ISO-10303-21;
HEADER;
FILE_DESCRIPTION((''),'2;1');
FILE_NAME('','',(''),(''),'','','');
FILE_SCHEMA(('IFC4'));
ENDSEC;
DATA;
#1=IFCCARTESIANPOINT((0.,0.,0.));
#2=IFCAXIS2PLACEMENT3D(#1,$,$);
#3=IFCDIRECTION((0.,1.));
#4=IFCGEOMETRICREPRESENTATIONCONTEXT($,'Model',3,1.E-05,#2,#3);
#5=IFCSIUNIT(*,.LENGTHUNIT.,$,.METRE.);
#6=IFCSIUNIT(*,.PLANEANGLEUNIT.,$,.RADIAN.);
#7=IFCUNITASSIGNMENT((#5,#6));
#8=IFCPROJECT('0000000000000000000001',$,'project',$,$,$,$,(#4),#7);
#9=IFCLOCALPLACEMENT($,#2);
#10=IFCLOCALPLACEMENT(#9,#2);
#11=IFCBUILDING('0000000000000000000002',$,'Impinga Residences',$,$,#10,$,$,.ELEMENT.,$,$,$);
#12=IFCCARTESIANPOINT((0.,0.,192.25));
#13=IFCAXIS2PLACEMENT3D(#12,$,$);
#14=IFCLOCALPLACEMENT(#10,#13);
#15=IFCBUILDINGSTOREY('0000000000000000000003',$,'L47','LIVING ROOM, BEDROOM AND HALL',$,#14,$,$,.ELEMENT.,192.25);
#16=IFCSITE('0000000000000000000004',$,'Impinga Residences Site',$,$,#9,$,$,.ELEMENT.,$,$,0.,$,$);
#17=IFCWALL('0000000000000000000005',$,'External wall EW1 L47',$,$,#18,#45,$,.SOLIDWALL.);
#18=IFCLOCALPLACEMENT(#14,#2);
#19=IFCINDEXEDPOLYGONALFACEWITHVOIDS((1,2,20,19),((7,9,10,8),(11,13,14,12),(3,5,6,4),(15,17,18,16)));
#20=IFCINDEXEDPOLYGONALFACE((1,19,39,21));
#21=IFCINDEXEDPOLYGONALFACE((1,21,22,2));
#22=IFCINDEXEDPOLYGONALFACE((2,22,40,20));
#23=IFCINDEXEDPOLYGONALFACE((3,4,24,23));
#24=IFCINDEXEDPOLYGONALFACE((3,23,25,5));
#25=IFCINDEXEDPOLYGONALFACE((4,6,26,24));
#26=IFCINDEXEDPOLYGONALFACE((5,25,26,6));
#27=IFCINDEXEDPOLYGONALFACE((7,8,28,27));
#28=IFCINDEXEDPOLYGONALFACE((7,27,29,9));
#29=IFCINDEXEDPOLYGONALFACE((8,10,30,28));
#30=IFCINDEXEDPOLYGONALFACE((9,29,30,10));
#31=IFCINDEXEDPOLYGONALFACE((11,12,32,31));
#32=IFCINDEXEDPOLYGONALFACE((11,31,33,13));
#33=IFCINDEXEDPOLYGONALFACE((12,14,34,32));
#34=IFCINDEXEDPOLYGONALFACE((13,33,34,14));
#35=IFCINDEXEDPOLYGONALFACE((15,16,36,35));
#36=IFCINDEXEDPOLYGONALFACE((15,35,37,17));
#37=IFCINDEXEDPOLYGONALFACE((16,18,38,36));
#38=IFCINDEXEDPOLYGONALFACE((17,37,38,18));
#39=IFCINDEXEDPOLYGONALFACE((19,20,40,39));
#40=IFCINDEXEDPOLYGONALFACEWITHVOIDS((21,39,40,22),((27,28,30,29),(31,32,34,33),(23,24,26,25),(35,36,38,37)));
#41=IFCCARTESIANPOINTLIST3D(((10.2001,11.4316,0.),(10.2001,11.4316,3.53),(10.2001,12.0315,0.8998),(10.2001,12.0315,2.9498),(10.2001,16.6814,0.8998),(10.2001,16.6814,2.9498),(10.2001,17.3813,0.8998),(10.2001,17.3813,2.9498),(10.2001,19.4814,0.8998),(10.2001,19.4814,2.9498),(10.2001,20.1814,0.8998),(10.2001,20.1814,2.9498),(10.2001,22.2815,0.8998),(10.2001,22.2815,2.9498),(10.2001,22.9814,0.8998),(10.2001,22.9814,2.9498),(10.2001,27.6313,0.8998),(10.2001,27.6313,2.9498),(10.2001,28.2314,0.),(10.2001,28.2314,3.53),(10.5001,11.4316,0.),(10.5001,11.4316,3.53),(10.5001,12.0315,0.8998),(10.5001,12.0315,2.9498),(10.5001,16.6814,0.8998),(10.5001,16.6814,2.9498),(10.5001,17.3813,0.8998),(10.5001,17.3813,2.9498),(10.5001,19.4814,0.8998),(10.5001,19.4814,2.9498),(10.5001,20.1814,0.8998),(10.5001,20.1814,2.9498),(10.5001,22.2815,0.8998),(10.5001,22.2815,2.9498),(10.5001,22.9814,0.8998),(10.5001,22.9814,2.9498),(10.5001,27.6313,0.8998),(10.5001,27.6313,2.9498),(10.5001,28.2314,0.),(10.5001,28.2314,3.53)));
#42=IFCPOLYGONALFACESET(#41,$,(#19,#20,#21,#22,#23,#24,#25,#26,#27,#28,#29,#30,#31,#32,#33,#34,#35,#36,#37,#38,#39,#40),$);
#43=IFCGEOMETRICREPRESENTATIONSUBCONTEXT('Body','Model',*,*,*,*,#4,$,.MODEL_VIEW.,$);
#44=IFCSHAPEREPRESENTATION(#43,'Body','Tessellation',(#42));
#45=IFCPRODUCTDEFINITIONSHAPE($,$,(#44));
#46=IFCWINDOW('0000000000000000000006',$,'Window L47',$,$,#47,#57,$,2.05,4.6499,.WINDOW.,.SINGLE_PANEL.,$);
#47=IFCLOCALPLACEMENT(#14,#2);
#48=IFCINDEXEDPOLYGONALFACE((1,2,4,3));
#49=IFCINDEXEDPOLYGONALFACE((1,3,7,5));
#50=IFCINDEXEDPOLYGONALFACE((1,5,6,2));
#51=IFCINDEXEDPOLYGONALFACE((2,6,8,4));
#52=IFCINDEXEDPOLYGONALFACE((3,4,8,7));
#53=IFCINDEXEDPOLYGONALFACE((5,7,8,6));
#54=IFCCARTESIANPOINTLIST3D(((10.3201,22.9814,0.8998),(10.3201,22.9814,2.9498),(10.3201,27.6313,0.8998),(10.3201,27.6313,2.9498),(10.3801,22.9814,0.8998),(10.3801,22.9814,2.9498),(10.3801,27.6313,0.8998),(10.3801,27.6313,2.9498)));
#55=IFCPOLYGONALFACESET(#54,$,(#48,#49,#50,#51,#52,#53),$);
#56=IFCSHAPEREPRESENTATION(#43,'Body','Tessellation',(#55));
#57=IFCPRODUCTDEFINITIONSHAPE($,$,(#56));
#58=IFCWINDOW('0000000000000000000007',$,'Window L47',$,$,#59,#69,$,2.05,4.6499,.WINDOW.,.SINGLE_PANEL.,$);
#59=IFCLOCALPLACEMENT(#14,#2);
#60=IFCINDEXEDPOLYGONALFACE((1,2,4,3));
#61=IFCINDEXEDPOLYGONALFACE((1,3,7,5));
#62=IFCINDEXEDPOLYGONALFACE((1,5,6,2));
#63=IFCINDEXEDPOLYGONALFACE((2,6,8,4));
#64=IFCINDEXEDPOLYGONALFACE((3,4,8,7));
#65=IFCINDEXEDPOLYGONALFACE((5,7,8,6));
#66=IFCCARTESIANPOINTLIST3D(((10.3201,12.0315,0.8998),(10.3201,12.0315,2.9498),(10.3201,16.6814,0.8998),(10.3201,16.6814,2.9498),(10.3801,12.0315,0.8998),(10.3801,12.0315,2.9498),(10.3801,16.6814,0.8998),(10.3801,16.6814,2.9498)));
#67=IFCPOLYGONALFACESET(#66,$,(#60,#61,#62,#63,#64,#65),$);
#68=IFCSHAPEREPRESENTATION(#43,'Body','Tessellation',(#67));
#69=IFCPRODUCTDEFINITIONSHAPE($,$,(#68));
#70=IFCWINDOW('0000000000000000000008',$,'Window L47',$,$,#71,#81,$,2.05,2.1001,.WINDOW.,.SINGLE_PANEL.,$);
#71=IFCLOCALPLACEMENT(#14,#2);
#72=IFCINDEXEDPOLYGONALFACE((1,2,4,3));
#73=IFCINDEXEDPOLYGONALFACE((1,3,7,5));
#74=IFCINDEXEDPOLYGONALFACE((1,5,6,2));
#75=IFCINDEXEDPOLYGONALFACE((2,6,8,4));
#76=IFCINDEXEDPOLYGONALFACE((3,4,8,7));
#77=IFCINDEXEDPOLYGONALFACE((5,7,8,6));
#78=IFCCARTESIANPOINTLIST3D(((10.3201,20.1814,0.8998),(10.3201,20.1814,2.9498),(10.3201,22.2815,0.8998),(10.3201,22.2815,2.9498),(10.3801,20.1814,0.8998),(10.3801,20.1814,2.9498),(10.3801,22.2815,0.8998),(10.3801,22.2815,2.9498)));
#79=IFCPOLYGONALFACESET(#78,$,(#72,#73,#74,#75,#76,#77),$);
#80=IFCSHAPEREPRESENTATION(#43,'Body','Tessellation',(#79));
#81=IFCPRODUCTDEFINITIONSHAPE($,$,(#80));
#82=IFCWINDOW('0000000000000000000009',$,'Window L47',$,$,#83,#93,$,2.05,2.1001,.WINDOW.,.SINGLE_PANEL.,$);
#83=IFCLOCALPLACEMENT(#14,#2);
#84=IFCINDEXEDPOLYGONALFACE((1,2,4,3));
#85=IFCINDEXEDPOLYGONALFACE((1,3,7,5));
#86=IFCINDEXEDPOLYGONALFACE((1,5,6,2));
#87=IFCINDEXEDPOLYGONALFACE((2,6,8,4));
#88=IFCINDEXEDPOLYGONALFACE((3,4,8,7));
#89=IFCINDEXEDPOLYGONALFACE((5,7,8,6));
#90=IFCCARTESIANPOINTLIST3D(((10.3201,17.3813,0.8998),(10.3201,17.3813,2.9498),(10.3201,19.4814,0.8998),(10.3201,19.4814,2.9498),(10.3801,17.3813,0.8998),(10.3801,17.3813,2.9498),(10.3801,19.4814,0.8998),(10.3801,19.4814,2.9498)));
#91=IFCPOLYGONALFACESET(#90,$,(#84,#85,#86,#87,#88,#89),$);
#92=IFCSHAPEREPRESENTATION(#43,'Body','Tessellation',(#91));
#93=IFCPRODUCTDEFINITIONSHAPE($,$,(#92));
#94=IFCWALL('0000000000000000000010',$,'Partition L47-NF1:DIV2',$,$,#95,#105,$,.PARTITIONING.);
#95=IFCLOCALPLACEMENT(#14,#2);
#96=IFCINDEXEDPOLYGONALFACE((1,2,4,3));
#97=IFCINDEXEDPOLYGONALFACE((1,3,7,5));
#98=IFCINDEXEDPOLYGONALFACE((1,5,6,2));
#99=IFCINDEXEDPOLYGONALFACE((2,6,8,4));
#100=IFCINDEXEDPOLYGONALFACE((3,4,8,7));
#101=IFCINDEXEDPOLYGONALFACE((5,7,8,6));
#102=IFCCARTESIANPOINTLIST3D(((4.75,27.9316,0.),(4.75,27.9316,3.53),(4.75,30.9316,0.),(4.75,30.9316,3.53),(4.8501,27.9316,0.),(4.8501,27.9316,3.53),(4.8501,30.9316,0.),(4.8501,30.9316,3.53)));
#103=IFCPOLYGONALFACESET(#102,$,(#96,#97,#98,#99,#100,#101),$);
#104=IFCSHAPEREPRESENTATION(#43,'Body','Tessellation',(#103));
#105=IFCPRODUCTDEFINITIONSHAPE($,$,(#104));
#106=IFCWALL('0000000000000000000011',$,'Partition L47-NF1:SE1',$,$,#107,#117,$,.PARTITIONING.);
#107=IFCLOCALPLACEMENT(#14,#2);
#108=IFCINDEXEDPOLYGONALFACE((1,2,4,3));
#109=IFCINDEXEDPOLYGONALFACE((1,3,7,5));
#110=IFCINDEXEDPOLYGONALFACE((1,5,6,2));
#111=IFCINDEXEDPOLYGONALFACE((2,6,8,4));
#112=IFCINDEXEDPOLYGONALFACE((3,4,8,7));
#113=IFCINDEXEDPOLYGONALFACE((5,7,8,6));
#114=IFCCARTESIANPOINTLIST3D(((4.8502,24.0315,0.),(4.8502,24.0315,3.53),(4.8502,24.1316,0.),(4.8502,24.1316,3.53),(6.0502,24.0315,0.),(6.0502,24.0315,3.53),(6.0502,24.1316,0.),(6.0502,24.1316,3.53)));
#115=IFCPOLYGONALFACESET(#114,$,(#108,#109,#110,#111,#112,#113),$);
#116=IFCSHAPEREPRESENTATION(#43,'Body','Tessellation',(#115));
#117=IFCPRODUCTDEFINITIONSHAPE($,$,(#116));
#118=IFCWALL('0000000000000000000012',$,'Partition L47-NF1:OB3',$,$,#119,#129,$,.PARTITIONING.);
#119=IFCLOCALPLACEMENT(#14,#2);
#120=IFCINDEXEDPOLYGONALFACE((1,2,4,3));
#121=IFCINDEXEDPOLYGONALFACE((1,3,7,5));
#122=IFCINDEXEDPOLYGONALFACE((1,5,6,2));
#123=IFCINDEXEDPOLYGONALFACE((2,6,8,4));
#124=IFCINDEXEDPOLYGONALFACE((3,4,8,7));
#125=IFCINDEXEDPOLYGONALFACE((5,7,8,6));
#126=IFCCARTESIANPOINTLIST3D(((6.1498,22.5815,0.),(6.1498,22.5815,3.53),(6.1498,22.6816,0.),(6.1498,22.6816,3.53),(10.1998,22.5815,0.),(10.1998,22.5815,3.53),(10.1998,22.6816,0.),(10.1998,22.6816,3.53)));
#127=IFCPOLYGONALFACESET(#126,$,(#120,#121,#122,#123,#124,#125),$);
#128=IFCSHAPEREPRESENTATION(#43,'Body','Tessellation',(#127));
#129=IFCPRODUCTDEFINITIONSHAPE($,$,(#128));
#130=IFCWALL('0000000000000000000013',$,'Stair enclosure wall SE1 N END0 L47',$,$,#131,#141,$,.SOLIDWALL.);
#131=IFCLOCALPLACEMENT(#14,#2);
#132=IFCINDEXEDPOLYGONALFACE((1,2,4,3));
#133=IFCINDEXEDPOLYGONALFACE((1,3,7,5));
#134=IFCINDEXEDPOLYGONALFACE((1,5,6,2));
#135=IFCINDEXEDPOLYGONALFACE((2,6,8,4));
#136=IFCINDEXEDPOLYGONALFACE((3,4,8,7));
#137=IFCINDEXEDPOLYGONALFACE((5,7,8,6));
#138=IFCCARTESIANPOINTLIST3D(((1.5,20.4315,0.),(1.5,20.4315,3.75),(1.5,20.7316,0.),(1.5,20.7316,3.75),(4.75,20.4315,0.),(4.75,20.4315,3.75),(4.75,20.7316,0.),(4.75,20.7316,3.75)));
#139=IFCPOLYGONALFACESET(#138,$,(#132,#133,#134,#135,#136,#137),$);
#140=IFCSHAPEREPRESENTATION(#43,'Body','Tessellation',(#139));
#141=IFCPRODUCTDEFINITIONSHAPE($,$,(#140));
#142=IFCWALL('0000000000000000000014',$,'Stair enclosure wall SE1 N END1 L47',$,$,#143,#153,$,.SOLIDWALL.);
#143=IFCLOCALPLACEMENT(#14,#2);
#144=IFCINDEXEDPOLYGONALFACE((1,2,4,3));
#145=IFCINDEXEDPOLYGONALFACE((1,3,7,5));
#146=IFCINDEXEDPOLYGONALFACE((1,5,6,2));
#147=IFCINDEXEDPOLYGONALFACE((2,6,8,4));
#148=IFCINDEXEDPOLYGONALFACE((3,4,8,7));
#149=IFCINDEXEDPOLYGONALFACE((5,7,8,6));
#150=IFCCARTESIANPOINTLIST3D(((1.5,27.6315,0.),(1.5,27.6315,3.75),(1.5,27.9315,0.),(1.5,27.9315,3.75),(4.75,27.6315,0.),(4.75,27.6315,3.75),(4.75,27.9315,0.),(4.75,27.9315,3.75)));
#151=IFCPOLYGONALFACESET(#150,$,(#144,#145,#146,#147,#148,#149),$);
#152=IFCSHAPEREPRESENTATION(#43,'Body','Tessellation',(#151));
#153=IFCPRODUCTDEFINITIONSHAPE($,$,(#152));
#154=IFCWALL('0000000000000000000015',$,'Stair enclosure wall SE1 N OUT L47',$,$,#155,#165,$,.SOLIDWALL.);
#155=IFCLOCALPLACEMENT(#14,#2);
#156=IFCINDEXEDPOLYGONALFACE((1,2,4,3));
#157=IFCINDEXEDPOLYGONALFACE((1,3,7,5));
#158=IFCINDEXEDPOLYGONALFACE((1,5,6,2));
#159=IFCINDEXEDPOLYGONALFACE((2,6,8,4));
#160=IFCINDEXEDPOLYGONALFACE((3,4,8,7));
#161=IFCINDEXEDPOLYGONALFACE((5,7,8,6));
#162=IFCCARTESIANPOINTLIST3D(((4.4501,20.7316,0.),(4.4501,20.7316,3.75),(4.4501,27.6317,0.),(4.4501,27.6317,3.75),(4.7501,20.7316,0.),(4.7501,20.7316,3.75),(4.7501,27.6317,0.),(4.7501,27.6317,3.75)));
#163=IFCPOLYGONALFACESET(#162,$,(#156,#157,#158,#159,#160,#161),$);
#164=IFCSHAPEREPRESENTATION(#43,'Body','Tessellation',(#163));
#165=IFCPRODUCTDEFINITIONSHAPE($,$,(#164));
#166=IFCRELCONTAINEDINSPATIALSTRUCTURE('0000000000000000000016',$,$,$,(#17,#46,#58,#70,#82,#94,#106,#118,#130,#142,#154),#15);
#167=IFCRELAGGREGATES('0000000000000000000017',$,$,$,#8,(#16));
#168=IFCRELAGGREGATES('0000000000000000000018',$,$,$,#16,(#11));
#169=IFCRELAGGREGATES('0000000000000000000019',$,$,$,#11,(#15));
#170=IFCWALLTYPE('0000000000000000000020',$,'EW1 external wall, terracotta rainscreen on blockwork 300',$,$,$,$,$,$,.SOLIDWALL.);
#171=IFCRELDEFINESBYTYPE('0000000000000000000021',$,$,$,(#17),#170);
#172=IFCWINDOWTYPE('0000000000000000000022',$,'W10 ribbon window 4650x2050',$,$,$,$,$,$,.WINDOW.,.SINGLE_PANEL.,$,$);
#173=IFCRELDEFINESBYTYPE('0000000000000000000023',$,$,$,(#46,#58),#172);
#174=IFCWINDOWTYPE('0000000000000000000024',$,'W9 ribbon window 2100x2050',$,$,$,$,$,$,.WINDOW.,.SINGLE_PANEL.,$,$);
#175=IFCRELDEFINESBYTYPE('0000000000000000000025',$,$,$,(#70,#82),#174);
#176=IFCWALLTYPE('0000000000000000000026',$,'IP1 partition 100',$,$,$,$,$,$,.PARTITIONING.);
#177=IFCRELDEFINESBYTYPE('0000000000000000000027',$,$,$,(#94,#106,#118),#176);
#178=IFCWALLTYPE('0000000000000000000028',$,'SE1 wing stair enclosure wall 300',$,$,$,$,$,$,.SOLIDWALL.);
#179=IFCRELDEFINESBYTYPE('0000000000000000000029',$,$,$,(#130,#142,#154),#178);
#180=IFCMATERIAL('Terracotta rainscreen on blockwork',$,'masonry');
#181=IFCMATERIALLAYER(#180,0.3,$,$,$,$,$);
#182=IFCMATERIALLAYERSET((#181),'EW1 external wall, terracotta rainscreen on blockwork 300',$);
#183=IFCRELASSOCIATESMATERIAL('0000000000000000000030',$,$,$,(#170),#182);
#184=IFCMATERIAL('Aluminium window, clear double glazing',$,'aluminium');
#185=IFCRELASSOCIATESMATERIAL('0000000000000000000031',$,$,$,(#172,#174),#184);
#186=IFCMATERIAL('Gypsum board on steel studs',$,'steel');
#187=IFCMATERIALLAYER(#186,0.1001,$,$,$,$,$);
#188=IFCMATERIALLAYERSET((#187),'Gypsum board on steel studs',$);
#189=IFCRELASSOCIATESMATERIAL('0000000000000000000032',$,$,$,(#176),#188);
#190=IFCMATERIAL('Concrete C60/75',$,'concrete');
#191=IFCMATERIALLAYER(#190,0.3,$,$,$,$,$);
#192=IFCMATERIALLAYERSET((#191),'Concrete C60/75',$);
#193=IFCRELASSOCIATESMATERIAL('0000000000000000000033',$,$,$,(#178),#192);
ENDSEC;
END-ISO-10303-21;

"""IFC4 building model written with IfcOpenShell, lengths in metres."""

from ifc_helpers import new_model, si_unit, direction, frame, frame_2d, origin, place, context, subcontext, project, spatial, rectangle, extrude, material, layer, layer_set, type_object, element, fill, save


model = new_model("IFC4")

# Units and contexts
model_context = context("Model", 3, precision=1e-05, world=origin(), true_north=direction((0.0, 1.0)))
body_context = subcontext(model_context, "Body", "Model", "MODEL_VIEW")
ifc_project = project(units=[si_unit("LENGTHUNIT", "METRE"), si_unit("PLANEANGLEUNIT", "RADIAN")], contexts=[model_context])

# Site, building, storey
site_placement = place(None, origin())
site = spatial("IfcSite", under=ifc_project, at=site_placement, Name="Impinga Residences Site", CompositionType="ELEMENT", RefElevation=0.0)
building_placement = place(site_placement, origin())
building = spatial("IfcBuilding", under=site, at=building_placement, Name="Impinga Residences", CompositionType="ELEMENT")
storey_placement = place(building_placement, frame((0.0, 0.0, 192.25)))
storey = spatial("IfcBuildingStorey", under=building, at=storey_placement, Name="L47", Description="LIVING ROOM, BEDROOM AND HALL", CompositionType="ELEMENT", Elevation=192.25)

# Shared definitions
ifc_material_1 = material(Name="Concrete C60/75", Category="concrete")

# Shared definitions
ifc_material_2 = material(Name="Terracotta rainscreen on blockwork", Category="masonry")
ifc_layer_1 = layer(ifc_material_2, 0.3)
ifc_layer_set_1 = layer_set([ifc_layer_1], Name="EW1 external wall, terracotta rainscreen on blockwork 300")
wall_type_1 = type_object("IfcWallType", Name="EW1 external wall, terracotta rainscreen on blockwork 300", PredefinedType="SOLIDWALL", material=ifc_layer_set_1)

# Wall, openings, windows
wall_1_placement = place(storey_placement, frame((10.3501, 28.2314, 0.0), z_axis=(0.0, 0.0, 1.0), x_axis=(0.0, -1.0, 0.0)))
wall_1 = element("IfcWall", 1, at=wall_1_placement, inside=storey, type_object=wall_type_1, Name="External wall EW1 L47", PredefinedType="SOLIDWALL", context=body_context, shape_type="SweptSolid", body=[
    extrude(rectangle(XDim=16.7998, YDim=0.3, at=frame_2d((8.3999, 0.0))), origin(), (0.0, 0.0, 1.0), 3.53),
])
opening_1_placement = place(wall_1_placement, frame((0.6001, 0.0, 0.8999)))
opening_1 = element("IfcOpeningElement", 2, at=opening_1_placement, cuts=wall_1, PredefinedType="OPENING", context=body_context, shape_type="SweptSolid", body=[
    extrude(rectangle(XDim=4.6499, YDim=2.05, at=frame_2d((2.325, 1.0249))), frame((0.0, 0.1599, 0.0), z_axis=(0.0, -1.0, 0.0), x_axis=(1.0, 0.0, 0.0)), (0.0, 0.0, 1.0), 0.3201),
])
opening_2_placement = place(wall_1_placement, frame((5.95, 0.0, 0.8999)))
opening_2 = element("IfcOpeningElement", 3, at=opening_2_placement, cuts=wall_1, PredefinedType="OPENING", context=body_context, shape_type="SweptSolid", body=[
    extrude(rectangle(XDim=2.1001, YDim=2.05, at=frame_2d((1.05, 1.0249))), frame((0.0, 0.1599, 0.0), z_axis=(0.0, -1.0, 0.0), x_axis=(1.0, 0.0, 0.0)), (0.0, 0.0, 1.0), 0.3201),
])
opening_3_placement = place(wall_1_placement, frame((8.75, 0.0, 0.8999)))
opening_3 = element("IfcOpeningElement", 4, at=opening_3_placement, cuts=wall_1, PredefinedType="OPENING", context=body_context, shape_type="SweptSolid", body=[
    extrude(rectangle(XDim=2.1001, YDim=2.05, at=frame_2d((1.05, 1.0249))), frame((0.0, 0.1599, 0.0), z_axis=(0.0, -1.0, 0.0), x_axis=(1.0, 0.0, 0.0)), (0.0, 0.0, 1.0), 0.3201),
])
opening_4_placement = place(wall_1_placement, frame((11.55, 0.0, 0.8999)))
opening_4 = element("IfcOpeningElement", 5, at=opening_4_placement, cuts=wall_1, PredefinedType="OPENING", context=body_context, shape_type="SweptSolid", body=[
    extrude(rectangle(XDim=4.6499, YDim=2.05, at=frame_2d((2.325, 1.0249))), frame((0.0, 0.1599, 0.0), z_axis=(0.0, -1.0, 0.0), x_axis=(1.0, 0.0, 0.0)), (0.0, 0.0, 1.0), 0.3201),
])
ifc_material_3 = material(Name="Aluminium window, clear double glazing", Category="aluminium")
window_type_1 = type_object("IfcWindowType", Name="W10 ribbon window 4650x2050", PartitioningType="SINGLE_PANEL", PredefinedType="WINDOW", material=ifc_material_3)
window_1_placement = place(opening_1_placement, origin())
window_1 = element("IfcWindow", 6, at=window_1_placement, inside=storey, type_object=window_type_1, Name="Window L47", OverallHeight=2.05, OverallWidth=4.6499, PartitioningType="SINGLE_PANEL", PredefinedType="WINDOW", context=body_context, shape_type="SweptSolid", body=[
    extrude(rectangle(XDim=4.6499, YDim=2.05, at=frame_2d((2.325, 1.0249))), frame((0.0, 0.03, 0.0), z_axis=(0.0, -1.0, 0.0), x_axis=(1.0, 0.0, 0.0)), (0.0, 0.0, 1.0), 0.0601),
])
fill(opening_1, window_1)
window_2_placement = place(opening_4_placement, origin())
window_2 = element("IfcWindow", 7, at=window_2_placement, inside=storey, type_object=window_type_1, Name="Window L47", OverallHeight=2.05, OverallWidth=4.6499, PartitioningType="SINGLE_PANEL", PredefinedType="WINDOW", context=body_context, shape_type="SweptSolid", body=[
    extrude(rectangle(XDim=4.6499, YDim=2.05, at=frame_2d((2.325, 1.0249))), frame((0.0, 0.03, 0.0), z_axis=(0.0, -1.0, 0.0), x_axis=(1.0, 0.0, 0.0)), (0.0, 0.0, 1.0), 0.0601),
])
fill(opening_4, window_2)
window_type_2 = type_object("IfcWindowType", Name="W9 ribbon window 2100x2050", PartitioningType="SINGLE_PANEL", PredefinedType="WINDOW", material=ifc_material_3)
window_3_placement = place(opening_2_placement, origin())
window_3 = element("IfcWindow", 8, at=window_3_placement, inside=storey, type_object=window_type_2, Name="Window L47", OverallHeight=2.05, OverallWidth=2.1001, PartitioningType="SINGLE_PANEL", PredefinedType="WINDOW", context=body_context, shape_type="SweptSolid", body=[
    extrude(rectangle(XDim=2.1001, YDim=2.05, at=frame_2d((1.05, 1.0249))), frame((0.0, 0.03, 0.0), z_axis=(0.0, -1.0, 0.0), x_axis=(1.0, 0.0, 0.0)), (0.0, 0.0, 1.0), 0.0601),
])
fill(opening_2, window_3)
window_4_placement = place(opening_3_placement, origin())
window_4 = element("IfcWindow", 9, at=window_4_placement, inside=storey, type_object=window_type_2, Name="Window L47", OverallHeight=2.05, OverallWidth=2.1001, PartitioningType="SINGLE_PANEL", PredefinedType="WINDOW", context=body_context, shape_type="SweptSolid", body=[
    extrude(rectangle(XDim=2.1001, YDim=2.05, at=frame_2d((1.05, 1.0249))), frame((0.0, 0.03, 0.0), z_axis=(0.0, -1.0, 0.0), x_axis=(1.0, 0.0, 0.0)), (0.0, 0.0, 1.0), 0.0601),
])
fill(opening_3, window_4)

# Walls
ifc_material_4 = material(Name="Gypsum board on steel studs", Category="steel")
ifc_layer_2 = layer(ifc_material_4, 0.1001)
ifc_layer_set_2 = layer_set([ifc_layer_2], Name="Gypsum board on steel studs")
wall_type_2 = type_object("IfcWallType", Name="IP1 partition 100", PredefinedType="PARTITIONING", material=ifc_layer_set_2)
wall_2_placement = place(storey_placement, frame((4.8, 27.9316, 0.0), z_axis=(0.0, 0.0, 1.0), x_axis=(0.0, 1.0, 0.0)))
element("IfcWall", 10, at=wall_2_placement, inside=storey, type_object=wall_type_2, Name="Partition L47-NF1:DIV2", PredefinedType="PARTITIONING", context=body_context, shape_type="SweptSolid", body=[
    extrude(rectangle(XDim=3.0, YDim=0.1001, at=frame_2d((1.5, 0.0))), origin(), (0.0, 0.0, 1.0), 3.53),
])
wall_3_placement = place(storey_placement, frame((4.8501, 24.0815, 0.0), z_axis=(0.0, 0.0, 1.0), x_axis=(1.0, 0.0, 0.0)))
element("IfcWall", 11, at=wall_3_placement, inside=storey, type_object=wall_type_2, Name="Partition L47-NF1:SE1", PredefinedType="PARTITIONING", context=body_context, shape_type="SweptSolid", body=[
    extrude(rectangle(XDim=1.2, YDim=0.1001, at=frame_2d((0.6001, 0.0))), origin(), (0.0, 0.0, 1.0), 3.53),
])
wall_4_placement = place(storey_placement, frame((6.1499, 22.6316, 0.0), z_axis=(0.0, 0.0, 1.0), x_axis=(1.0, 0.0, 0.0)))
element("IfcWall", 12, at=wall_4_placement, inside=storey, type_object=wall_type_2, Name="Partition L47-NF1:OB3", PredefinedType="PARTITIONING", context=body_context, shape_type="SweptSolid", body=[
    extrude(rectangle(XDim=4.05, YDim=0.1001, at=frame_2d((2.0249, 0.0))), origin(), (0.0, 0.0, 1.0), 3.53),
])
ifc_layer_3 = layer(ifc_material_1, 0.3)
ifc_layer_set_3 = layer_set([ifc_layer_3], Name="Concrete C60/75")
wall_type_3 = type_object("IfcWallType", Name="SE1 wing stair enclosure wall 300", PredefinedType="SOLIDWALL", material=ifc_layer_set_3)
for number, where, z_axis, x_axis, name in (
    (13, (1.5, 20.5815, 0.0), (0.0, 0.0, 1.0), (1.0, 0.0, 0.0), "Stair enclosure wall SE1 N END0 L47"),
    (14, (1.5, 27.7815, 0.0), (0.0, 0.0, 1.0), (1.0, 0.0, 0.0), "Stair enclosure wall SE1 N END1 L47"),
):
    element("IfcWall", number, at=place(storey_placement, frame(where, z_axis=z_axis, x_axis=x_axis)), inside=storey, type_object=wall_type_3, Name=name, PredefinedType="SOLIDWALL", context=body_context, shape_type="SweptSolid", body=[
        extrude(rectangle(XDim=3.25, YDim=0.3, at=frame_2d((1.625, 0.0))), origin(), (0.0, 0.0, 1.0), 3.75),
    ])
wall_5_placement = place(storey_placement, frame((4.6001, 20.7314, 0.0), z_axis=(0.0, 0.0, 1.0), x_axis=(0.0, 1.0, 0.0)))
element("IfcWall", 15, at=wall_5_placement, inside=storey, type_object=wall_type_3, Name="Stair enclosure wall SE1 N OUT L47", PredefinedType="SOLIDWALL", context=body_context, shape_type="SweptSolid", body=[
    extrude(rectangle(XDim=6.9001, YDim=0.3, at=frame_2d((3.4502, 0.0))), origin(), (0.0, 0.0, 1.0), 3.75),
])

save(model, "model.ifc")
